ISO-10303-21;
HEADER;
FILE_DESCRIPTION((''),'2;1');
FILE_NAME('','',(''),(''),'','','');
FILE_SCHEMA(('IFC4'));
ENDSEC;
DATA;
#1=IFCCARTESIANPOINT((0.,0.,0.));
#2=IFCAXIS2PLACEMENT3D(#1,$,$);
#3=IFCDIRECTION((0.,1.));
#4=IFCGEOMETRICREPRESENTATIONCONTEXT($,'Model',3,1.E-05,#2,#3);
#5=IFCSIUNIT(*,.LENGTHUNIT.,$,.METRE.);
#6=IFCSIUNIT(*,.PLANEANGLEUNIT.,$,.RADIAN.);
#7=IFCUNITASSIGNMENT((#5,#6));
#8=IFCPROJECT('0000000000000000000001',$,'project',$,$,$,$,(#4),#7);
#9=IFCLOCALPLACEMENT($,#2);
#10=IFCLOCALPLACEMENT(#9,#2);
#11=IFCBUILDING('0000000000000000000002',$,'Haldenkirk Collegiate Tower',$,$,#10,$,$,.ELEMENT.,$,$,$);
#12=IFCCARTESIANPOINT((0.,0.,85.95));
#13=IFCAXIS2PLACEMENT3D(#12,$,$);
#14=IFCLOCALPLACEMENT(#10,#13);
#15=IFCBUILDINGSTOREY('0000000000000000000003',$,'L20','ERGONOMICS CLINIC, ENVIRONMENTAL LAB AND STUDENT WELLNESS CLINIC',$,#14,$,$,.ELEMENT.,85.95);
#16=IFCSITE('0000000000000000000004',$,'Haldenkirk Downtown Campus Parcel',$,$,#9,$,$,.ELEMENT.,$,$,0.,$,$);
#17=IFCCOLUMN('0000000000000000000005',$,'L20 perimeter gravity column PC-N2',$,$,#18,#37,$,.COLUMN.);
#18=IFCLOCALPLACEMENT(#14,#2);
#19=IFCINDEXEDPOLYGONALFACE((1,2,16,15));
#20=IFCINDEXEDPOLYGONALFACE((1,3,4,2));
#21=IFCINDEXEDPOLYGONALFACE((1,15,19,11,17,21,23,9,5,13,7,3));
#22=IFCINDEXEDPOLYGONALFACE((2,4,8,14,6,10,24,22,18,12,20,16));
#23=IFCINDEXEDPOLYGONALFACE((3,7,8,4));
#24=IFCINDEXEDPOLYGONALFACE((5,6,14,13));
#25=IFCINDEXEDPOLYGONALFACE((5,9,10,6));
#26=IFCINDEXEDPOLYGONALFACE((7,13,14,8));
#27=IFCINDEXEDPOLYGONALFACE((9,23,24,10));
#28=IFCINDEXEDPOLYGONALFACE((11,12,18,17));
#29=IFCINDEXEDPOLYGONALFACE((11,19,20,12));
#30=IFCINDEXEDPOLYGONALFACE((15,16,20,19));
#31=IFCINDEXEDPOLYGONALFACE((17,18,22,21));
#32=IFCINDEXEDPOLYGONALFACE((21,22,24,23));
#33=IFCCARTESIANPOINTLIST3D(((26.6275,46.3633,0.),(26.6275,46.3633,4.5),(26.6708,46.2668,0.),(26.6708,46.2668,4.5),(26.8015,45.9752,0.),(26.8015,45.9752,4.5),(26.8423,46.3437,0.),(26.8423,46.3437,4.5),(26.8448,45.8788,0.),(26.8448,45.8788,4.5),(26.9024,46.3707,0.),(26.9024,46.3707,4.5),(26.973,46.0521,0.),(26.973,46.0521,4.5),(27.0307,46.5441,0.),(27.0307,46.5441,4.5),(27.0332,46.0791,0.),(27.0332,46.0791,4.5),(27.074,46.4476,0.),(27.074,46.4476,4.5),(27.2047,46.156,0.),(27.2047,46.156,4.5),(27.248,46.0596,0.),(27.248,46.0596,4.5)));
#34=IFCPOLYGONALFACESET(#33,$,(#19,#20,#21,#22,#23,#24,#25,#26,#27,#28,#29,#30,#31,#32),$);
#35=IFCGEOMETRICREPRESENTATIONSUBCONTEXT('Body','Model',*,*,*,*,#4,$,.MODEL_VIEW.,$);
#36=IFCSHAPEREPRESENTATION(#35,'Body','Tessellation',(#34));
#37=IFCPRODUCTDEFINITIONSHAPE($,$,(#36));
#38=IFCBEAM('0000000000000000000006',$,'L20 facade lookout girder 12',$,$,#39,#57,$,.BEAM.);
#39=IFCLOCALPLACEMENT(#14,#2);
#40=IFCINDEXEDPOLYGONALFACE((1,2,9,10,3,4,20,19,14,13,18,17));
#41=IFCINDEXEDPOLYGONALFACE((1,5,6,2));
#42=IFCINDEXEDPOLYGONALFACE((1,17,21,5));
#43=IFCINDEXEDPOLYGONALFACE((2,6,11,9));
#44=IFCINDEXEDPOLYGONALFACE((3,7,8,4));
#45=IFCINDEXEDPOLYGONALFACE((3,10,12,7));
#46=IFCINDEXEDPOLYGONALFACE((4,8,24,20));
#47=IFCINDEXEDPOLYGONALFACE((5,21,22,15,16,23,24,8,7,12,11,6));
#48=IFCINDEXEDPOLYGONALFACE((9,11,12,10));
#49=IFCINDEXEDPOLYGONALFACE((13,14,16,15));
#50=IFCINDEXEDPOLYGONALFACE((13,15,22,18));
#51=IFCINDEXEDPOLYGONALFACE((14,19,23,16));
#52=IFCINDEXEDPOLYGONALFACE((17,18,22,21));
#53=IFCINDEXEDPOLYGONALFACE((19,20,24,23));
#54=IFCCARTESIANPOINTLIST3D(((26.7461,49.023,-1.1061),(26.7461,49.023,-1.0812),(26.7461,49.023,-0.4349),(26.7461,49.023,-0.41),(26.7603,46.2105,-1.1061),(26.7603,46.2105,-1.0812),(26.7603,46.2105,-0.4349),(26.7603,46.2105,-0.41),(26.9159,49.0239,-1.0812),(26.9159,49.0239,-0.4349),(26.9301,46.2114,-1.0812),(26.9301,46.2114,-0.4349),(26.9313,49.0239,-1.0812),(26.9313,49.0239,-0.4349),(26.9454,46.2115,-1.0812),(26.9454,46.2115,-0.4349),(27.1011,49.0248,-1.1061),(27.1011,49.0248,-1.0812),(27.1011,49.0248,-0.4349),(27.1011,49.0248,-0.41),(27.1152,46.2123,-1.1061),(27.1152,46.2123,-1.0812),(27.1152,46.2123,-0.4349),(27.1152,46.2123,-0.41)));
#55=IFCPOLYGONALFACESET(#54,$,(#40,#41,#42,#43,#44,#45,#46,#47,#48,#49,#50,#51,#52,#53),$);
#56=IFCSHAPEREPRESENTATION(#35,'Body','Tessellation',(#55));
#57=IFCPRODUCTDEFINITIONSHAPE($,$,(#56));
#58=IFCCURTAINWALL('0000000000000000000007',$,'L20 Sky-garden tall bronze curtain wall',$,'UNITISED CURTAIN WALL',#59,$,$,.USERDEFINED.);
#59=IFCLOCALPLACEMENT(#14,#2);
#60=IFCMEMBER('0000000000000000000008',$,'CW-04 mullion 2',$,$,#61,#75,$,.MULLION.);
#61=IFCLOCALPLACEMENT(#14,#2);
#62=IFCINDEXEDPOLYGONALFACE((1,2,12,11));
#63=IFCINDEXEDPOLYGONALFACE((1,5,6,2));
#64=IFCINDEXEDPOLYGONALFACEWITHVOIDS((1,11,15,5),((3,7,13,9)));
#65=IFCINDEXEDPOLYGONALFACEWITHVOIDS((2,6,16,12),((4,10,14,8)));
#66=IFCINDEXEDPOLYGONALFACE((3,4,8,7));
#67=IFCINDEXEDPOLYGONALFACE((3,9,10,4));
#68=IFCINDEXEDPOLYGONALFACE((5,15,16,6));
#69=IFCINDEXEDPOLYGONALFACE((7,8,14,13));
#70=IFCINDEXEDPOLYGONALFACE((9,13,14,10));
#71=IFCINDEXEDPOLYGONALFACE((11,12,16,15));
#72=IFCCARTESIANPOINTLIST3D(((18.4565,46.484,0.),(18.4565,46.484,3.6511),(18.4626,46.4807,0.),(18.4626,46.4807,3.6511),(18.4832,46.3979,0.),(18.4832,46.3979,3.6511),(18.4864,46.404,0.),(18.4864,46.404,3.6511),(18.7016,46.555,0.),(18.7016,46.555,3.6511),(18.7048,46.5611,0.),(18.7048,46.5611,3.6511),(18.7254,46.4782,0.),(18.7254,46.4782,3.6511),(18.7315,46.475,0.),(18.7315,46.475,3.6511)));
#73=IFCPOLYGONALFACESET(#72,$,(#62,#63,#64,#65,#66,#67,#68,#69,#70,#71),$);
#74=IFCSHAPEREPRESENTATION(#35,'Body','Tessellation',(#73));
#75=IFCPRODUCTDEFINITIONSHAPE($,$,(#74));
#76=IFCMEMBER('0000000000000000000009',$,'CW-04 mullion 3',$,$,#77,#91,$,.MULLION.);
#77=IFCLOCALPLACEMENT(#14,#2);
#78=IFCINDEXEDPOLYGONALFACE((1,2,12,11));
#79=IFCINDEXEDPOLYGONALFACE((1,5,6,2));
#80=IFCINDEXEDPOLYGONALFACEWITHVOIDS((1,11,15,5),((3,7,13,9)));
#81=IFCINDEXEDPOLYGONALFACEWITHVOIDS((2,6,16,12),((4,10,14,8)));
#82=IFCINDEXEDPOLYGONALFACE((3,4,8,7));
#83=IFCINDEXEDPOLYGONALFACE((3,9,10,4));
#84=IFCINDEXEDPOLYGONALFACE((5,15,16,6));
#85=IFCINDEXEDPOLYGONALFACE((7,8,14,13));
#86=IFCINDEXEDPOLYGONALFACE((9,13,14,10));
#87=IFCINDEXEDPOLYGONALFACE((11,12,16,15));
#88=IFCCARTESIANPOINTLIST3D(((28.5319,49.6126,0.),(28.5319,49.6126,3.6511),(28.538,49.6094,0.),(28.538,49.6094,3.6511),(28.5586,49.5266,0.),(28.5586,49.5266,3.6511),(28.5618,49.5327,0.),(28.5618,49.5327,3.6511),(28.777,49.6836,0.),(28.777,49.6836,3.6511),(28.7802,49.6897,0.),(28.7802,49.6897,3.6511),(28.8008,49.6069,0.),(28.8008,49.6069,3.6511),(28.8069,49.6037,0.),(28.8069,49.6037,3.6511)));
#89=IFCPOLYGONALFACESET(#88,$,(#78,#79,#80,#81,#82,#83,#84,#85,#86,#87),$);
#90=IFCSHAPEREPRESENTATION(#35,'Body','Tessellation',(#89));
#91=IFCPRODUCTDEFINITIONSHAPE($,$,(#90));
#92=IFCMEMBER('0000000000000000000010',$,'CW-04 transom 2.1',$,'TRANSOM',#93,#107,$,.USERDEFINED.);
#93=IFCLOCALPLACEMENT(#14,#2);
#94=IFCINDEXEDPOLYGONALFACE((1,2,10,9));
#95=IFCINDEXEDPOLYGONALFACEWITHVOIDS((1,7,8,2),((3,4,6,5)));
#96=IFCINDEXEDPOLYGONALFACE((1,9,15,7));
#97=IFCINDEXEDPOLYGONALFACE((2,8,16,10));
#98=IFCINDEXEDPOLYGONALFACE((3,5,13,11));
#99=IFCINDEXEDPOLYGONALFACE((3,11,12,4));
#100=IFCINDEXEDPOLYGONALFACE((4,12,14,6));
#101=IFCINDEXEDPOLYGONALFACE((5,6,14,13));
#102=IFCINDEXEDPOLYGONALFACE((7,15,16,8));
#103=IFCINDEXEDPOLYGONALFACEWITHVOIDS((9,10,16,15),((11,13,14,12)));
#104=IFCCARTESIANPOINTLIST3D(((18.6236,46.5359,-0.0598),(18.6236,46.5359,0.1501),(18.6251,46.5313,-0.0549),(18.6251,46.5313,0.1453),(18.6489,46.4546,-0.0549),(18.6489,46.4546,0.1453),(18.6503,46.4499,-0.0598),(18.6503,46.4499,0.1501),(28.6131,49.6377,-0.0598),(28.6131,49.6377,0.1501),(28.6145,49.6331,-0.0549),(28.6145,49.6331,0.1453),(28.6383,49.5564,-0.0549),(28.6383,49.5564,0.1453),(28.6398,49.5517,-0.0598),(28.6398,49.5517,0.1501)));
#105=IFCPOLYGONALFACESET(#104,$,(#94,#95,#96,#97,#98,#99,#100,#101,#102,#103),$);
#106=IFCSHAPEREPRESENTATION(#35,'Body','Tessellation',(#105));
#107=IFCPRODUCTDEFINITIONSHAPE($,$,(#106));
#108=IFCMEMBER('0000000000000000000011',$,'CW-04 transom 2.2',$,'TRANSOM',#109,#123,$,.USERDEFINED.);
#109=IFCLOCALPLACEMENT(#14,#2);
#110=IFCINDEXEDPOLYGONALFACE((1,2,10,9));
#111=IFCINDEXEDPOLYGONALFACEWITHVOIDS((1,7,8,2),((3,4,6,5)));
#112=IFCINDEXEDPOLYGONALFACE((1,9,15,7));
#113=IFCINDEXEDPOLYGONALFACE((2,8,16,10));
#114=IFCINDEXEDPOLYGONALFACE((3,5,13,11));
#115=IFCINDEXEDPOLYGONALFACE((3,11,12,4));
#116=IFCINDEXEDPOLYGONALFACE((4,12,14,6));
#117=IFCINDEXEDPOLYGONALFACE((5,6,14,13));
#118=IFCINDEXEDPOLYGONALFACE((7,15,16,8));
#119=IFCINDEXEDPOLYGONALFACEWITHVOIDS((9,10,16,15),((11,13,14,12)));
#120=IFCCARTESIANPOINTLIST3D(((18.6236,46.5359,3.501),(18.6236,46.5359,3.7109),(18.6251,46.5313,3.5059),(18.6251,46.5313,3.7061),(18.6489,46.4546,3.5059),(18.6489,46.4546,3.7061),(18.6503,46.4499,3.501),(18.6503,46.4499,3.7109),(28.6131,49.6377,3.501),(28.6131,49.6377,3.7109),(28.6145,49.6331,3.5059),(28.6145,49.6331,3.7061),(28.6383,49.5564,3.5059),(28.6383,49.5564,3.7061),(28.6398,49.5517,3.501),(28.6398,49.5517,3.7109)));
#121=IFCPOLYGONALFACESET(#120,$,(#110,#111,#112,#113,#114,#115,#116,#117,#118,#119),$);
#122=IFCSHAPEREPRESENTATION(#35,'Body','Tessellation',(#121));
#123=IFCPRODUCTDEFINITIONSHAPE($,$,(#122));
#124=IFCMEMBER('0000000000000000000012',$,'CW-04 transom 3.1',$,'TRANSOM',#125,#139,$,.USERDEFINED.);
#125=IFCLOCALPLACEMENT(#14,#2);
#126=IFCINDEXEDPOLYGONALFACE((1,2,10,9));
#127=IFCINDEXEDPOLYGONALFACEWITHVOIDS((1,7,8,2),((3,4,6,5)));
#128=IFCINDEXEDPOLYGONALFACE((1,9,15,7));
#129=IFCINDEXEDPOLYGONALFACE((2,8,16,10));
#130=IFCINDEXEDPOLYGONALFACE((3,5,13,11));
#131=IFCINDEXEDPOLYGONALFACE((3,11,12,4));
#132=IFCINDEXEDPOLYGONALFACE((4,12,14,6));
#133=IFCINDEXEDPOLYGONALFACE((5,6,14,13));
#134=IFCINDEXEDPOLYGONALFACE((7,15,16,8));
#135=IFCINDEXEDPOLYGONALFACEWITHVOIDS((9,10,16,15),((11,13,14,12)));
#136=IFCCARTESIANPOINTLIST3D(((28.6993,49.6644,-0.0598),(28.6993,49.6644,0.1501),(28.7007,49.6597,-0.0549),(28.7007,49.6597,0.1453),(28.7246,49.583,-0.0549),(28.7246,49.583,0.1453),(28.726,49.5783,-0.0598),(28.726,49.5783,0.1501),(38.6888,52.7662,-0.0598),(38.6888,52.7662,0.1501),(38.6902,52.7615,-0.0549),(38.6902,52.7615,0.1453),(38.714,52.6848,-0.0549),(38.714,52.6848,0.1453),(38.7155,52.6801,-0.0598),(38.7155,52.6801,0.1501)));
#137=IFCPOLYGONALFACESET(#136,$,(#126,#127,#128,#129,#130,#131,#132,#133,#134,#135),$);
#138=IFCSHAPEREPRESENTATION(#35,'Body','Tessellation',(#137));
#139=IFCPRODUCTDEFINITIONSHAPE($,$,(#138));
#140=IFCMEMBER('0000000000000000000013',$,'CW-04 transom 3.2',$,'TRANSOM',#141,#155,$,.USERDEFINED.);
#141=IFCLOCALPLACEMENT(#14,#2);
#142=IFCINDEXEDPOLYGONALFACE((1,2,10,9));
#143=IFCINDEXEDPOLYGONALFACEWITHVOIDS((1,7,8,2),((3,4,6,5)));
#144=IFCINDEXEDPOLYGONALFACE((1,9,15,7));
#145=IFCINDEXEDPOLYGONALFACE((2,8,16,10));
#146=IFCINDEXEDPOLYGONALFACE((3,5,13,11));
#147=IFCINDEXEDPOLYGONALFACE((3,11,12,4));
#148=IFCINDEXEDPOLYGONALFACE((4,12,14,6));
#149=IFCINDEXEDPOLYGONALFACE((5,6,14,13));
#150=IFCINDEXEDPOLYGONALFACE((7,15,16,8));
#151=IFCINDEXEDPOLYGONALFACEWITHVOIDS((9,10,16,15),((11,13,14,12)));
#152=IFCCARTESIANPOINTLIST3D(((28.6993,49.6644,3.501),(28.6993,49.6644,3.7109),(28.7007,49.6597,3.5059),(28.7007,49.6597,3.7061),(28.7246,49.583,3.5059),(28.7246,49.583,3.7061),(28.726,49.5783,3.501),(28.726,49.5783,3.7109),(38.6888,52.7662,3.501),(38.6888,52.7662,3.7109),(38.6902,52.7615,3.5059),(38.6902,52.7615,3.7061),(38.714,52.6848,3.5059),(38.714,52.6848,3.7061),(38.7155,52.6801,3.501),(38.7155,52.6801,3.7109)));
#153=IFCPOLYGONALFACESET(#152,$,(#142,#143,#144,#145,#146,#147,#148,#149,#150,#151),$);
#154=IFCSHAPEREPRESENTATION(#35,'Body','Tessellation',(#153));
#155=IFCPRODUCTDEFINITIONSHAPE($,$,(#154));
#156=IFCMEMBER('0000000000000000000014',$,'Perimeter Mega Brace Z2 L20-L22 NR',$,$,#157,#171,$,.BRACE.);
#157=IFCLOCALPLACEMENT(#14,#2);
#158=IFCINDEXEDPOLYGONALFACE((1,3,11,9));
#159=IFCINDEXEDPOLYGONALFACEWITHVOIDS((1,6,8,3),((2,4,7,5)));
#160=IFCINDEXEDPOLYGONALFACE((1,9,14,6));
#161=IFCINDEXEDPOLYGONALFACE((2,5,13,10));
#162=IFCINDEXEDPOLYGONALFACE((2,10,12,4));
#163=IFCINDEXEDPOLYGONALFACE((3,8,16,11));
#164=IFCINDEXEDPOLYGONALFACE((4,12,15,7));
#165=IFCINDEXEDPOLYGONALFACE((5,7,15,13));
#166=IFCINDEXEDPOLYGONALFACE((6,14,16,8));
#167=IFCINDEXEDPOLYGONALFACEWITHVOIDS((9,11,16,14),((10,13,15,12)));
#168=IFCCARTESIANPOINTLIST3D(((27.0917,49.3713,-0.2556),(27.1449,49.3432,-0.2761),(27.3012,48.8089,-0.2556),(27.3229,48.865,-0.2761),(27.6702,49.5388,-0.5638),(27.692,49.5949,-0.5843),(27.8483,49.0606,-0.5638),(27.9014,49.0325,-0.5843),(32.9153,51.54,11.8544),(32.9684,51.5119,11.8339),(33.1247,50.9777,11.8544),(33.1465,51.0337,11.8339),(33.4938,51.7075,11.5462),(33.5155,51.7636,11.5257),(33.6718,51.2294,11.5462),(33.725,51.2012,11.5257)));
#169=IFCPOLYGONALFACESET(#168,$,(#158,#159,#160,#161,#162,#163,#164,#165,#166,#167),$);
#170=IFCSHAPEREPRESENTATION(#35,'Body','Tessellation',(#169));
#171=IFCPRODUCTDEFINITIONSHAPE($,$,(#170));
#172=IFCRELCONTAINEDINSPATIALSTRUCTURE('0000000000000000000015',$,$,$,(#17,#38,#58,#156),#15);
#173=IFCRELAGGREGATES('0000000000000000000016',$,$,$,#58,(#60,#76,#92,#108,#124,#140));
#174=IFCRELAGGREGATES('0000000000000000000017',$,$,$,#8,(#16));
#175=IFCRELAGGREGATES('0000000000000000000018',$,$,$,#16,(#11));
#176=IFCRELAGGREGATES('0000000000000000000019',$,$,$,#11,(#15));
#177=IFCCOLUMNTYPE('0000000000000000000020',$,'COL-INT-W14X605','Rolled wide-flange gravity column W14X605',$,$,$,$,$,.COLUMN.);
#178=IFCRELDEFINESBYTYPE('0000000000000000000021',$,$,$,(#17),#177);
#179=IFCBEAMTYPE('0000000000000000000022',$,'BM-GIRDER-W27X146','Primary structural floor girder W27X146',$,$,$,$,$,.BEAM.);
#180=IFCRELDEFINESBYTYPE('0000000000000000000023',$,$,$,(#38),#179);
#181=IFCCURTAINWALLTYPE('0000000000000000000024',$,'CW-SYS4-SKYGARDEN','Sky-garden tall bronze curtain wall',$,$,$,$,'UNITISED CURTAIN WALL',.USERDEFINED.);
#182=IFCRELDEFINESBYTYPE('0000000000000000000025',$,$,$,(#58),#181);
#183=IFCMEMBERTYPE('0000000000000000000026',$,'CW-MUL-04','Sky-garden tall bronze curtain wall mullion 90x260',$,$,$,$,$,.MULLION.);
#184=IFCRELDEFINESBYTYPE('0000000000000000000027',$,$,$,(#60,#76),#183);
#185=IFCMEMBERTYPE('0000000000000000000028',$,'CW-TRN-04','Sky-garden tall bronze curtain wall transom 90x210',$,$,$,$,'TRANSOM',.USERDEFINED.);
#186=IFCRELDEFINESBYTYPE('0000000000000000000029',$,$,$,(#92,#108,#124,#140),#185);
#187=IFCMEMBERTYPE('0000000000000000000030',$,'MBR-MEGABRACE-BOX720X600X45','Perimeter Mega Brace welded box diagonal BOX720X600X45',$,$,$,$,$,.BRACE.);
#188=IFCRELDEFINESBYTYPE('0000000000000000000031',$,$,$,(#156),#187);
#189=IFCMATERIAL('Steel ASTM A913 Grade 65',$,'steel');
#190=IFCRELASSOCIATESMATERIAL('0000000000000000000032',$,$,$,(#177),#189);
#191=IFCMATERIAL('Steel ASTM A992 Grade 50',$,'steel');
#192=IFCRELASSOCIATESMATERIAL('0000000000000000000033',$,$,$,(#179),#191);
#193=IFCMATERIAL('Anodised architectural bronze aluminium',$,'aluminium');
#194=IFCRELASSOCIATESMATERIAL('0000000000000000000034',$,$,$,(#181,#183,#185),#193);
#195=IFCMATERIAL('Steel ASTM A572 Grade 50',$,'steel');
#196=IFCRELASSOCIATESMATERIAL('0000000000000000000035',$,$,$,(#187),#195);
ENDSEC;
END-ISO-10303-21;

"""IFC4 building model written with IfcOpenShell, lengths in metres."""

from ifc_helpers import new_model, si_unit, direction, frame, origin, origin_2d, place, context, subcontext, project, spatial, hollow_rectangle, i_section, extrude, material, material_profile, profile_set, type_object, element, aggregate, save


model = new_model("IFC4")

# Units and contexts
model_context = context("Model", 3, precision=1e-05, world=origin(), true_north=direction((0.0, 1.0)))
body_context = subcontext(model_context, "Body", "Model", "MODEL_VIEW")
ifc_project = project(units=[si_unit("LENGTHUNIT", "METRE"), si_unit("PLANEANGLEUNIT", "RADIAN")], contexts=[model_context])

# Site, building, storey
site_placement = place(None, origin())
site = spatial("IfcSite", under=ifc_project, at=site_placement, Name="Haldenkirk Downtown Campus Parcel", CompositionType="ELEMENT", RefElevation=0.0)
building_placement = place(site_placement, origin())
building = spatial("IfcBuilding", under=site, at=building_placement, Name="Haldenkirk Collegiate Tower", CompositionType="ELEMENT")
storey_placement = place(building_placement, frame((0.0, 0.0, 85.95)))
storey = spatial("IfcBuildingStorey", under=building, at=storey_placement, Name="L20", Description="ERGONOMICS CLINIC, ENVIRONMENTAL LAB AND STUDENT WELLNESS CLINIC", CompositionType="ELEMENT", Elevation=85.95)

# Column
ifc_material_1 = material(Name="Steel ASTM A913 Grade 65", Category="steel")
ifc_material_profile_1 = material_profile(ifc_material_1, i_section(OverallWidth=0.4419, OverallDepth=0.531, WebThickness=0.0659, FlangeThickness=0.1057, at=origin_2d()), Name="W14X605")
ifc_profile_set_1 = profile_set([ifc_material_profile_1], Name="Steel ASTM A913 Grade 65")
column_type = type_object("IfcColumnType", Name="COL-INT-W14X605", Description="Rolled wide-flange gravity column W14X605", PredefinedType="COLUMN", material=ifc_profile_set_1)
column_placement = place(storey_placement, frame((26.9377, 46.2114, 0.0), z_axis=(0.0, 0.0, 1.0), x_axis=(0.912477, 0.409127, 0.0)))
element("IfcColumn", 1, at=column_placement, inside=storey, type_object=column_type, Name="L20 perimeter gravity column PC-N2", PredefinedType="COLUMN", context=body_context, shape_type="SweptSolid", body=[
    extrude(i_section(OverallWidth=0.4419, OverallDepth=0.531, WebThickness=0.0659, FlangeThickness=0.1057, at=origin_2d()), origin(), (0.0, 0.0, 1.0), 4.5),
])

# Beam
ifc_material_2 = material(Name="Steel ASTM A992 Grade 50", Category="steel")
ifc_material_profile_2 = material_profile(ifc_material_2, i_section(OverallWidth=0.355, OverallDepth=0.696, WebThickness=0.0154, FlangeThickness=0.0249, at=origin_2d()), Name="W27X146")
ifc_profile_set_2 = profile_set([ifc_material_profile_2], Name="Steel ASTM A992 Grade 50")
beam_type = type_object("IfcBeamType", Name="BM-GIRDER-W27X146", Description="Primary structural floor girder W27X146", PredefinedType="BEAM", material=ifc_profile_set_2)
beam_placement = place(storey_placement, frame((26.9377, 46.2114, -0.7581), z_axis=(-0.005035, 0.999987, 0.0), x_axis=(-0.999987, -0.005035, 0.0)))
element("IfcBeam", 2, at=beam_placement, inside=storey, type_object=beam_type, Name="L20 facade lookout girder 12", PredefinedType="BEAM", context=body_context, shape_type="SweptSolid", body=[
    extrude(i_section(OverallWidth=0.355, OverallDepth=0.696, WebThickness=0.0154, FlangeThickness=0.0249, at=origin_2d()), origin(), (0.0, 0.0, 1.0), 2.8125),
])

# Curtain wall, members
ifc_material_3 = material(Name="Anodised architectural bronze aluminium", Category="aluminium")
curtain_wall_type = type_object("IfcCurtainWallType", Name="CW-SYS4-SKYGARDEN", Description="Sky-garden tall bronze curtain wall", ElementType="UNITISED CURTAIN WALL", PredefinedType="USERDEFINED", material=ifc_material_3)
curtain_wall_placement = place(storey_placement, origin())
curtain_wall = element("IfcCurtainWall", 3, at=curtain_wall_placement, inside=storey, type_object=curtain_wall_type, Name="L20 Sky-garden tall bronze curtain wall", ObjectType="UNITISED CURTAIN WALL", PredefinedType="USERDEFINED")
ifc_material_profile_3 = material_profile(ifc_material_3, hollow_rectangle(XDim=0.0901, YDim=0.26, WallThickness=0.0049, at=origin_2d()), Name="CW-MUL-04")
ifc_profile_set_3 = profile_set([ifc_material_profile_3], Name="Anodised architectural bronze aluminium")
member_type_1 = type_object("IfcMemberType", Name="CW-MUL-04", Description="Sky-garden tall bronze curtain wall mullion 90x260", PredefinedType="MULLION", material=ifc_profile_set_3)
member_1_placement = place(storey_placement, frame((18.594, 46.4795, 0.0), z_axis=(0.0, 0.0, 1.0), x_axis=(-0.29654, 0.95502, 0.0)))
member_1 = element("IfcMember", 4, at=member_1_placement, type_object=member_type_1, Name="CW-04 mullion 2", PredefinedType="MULLION", context=body_context, shape_type="SweptSolid", body=[
    extrude(hollow_rectangle(XDim=0.0901, YDim=0.26, WallThickness=0.0049, at=origin_2d()), origin(), (0.0, 0.0, 1.0), 3.6511),
])
member_2_placement = place(storey_placement, frame((28.6694, 49.6082, 0.0), z_axis=(0.0, 0.0, 1.0), x_axis=(-0.29654, 0.95502, 0.0)))
member_2 = element("IfcMember", 5, at=member_2_placement, type_object=member_type_1, Name="CW-04 mullion 3", PredefinedType="MULLION", context=body_context, shape_type="SweptSolid", body=[
    extrude(hollow_rectangle(XDim=0.0901, YDim=0.26, WallThickness=0.0049, at=origin_2d()), origin(), (0.0, 0.0, 1.0), 3.6511),
])
ifc_material_profile_4 = material_profile(ifc_material_3, hollow_rectangle(XDim=0.0901, YDim=0.21, WallThickness=0.0049, at=origin_2d()), Name="CW-TRN-04")
ifc_profile_set_4 = profile_set([ifc_material_profile_4], Name="Anodised architectural bronze aluminium")
member_type_2 = type_object("IfcMemberType", Name="CW-TRN-04", Description="Sky-garden tall bronze curtain wall transom 90x210", ElementType="TRANSOM", PredefinedType="USERDEFINED", material=ifc_profile_set_4)
member_3_placement = place(storey_placement, frame((18.637, 46.4929, 0.0452), z_axis=(0.95502, 0.29654, 0.0), x_axis=(-0.29654, 0.95502, 0.0)))
member_3 = element("IfcMember", 6, at=member_3_placement, type_object=member_type_2, Name="CW-04 transom 2.1", ObjectType="TRANSOM", PredefinedType="USERDEFINED", context=body_context, shape_type="SweptSolid", body=[
    extrude(hollow_rectangle(XDim=0.0901, YDim=0.21, WallThickness=0.0049, at=origin_2d()), origin(), (0.0, 0.0, 1.0), 10.46),
])
member_4_placement = place(storey_placement, frame((18.637, 46.4929, 3.606), z_axis=(0.95502, 0.29654, 0.0), x_axis=(-0.29654, 0.95502, 0.0)))
member_4 = element("IfcMember", 7, at=member_4_placement, type_object=member_type_2, Name="CW-04 transom 2.2", ObjectType="TRANSOM", PredefinedType="USERDEFINED", context=body_context, shape_type="SweptSolid", body=[
    extrude(hollow_rectangle(XDim=0.0901, YDim=0.21, WallThickness=0.0049, at=origin_2d()), origin(), (0.0, 0.0, 1.0), 10.46),
])
member_5_placement = place(storey_placement, frame((28.7126, 49.6213, 0.0452), z_axis=(0.95502, 0.29654, 0.0), x_axis=(-0.29654, 0.95502, 0.0)))
member_5 = element("IfcMember", 8, at=member_5_placement, type_object=member_type_2, Name="CW-04 transom 3.1", ObjectType="TRANSOM", PredefinedType="USERDEFINED", context=body_context, shape_type="SweptSolid", body=[
    extrude(hollow_rectangle(XDim=0.0901, YDim=0.21, WallThickness=0.0049, at=origin_2d()), origin(), (0.0, 0.0, 1.0), 10.46),
])
member_6_placement = place(storey_placement, frame((28.7126, 49.6213, 3.606), z_axis=(0.95502, 0.29654, 0.0), x_axis=(-0.29654, 0.95502, 0.0)))
member_6 = element("IfcMember", 9, at=member_6_placement, type_object=member_type_2, Name="CW-04 transom 3.2", ObjectType="TRANSOM", PredefinedType="USERDEFINED", context=body_context, shape_type="SweptSolid", body=[
    extrude(hollow_rectangle(XDim=0.0901, YDim=0.21, WallThickness=0.0049, at=origin_2d()), origin(), (0.0, 0.0, 1.0), 10.46),
])

# Member
ifc_material_4 = material(Name="Steel ASTM A572 Grade 50", Category="steel")
ifc_material_profile_5 = material_profile(ifc_material_4, hollow_rectangle(XDim=0.6001, YDim=0.72, WallThickness=0.0449, at=origin_2d()), Name="BOX720X600X45")
ifc_profile_set_5 = profile_set([ifc_material_profile_5], Name="Steel ASTM A572 Grade 50")
member_type_3 = type_object("IfcMemberType", Name="MBR-MEGABRACE-BOX720X600X45", Description="Perimeter Mega Brace welded box diagonal BOX720X600X45", PredefinedType="BRACE", material=ifc_profile_set_5)
member_7_placement = place(storey_placement, frame((27.4966, 49.2019, -0.4199), z_axis=(0.427845, 0.159332, 0.889698), x_axis=(-0.348991, 0.937126, 0.0)))
element("IfcMember", 10, at=member_7_placement, inside=storey, type_object=member_type_3, Name="Perimeter Mega Brace Z2 L20-L22 NR", PredefinedType="BRACE", context=body_context, shape_type="SweptSolid", body=[
    extrude(hollow_rectangle(XDim=0.6001, YDim=0.72, WallThickness=0.0449, at=origin_2d()), origin(), (0.0, 0.0, 1.0), 13.6113),
])

aggregate(curtain_wall, [member_1, member_2, member_3, member_4, member_5, member_6])

save(model, "model.ifc")
